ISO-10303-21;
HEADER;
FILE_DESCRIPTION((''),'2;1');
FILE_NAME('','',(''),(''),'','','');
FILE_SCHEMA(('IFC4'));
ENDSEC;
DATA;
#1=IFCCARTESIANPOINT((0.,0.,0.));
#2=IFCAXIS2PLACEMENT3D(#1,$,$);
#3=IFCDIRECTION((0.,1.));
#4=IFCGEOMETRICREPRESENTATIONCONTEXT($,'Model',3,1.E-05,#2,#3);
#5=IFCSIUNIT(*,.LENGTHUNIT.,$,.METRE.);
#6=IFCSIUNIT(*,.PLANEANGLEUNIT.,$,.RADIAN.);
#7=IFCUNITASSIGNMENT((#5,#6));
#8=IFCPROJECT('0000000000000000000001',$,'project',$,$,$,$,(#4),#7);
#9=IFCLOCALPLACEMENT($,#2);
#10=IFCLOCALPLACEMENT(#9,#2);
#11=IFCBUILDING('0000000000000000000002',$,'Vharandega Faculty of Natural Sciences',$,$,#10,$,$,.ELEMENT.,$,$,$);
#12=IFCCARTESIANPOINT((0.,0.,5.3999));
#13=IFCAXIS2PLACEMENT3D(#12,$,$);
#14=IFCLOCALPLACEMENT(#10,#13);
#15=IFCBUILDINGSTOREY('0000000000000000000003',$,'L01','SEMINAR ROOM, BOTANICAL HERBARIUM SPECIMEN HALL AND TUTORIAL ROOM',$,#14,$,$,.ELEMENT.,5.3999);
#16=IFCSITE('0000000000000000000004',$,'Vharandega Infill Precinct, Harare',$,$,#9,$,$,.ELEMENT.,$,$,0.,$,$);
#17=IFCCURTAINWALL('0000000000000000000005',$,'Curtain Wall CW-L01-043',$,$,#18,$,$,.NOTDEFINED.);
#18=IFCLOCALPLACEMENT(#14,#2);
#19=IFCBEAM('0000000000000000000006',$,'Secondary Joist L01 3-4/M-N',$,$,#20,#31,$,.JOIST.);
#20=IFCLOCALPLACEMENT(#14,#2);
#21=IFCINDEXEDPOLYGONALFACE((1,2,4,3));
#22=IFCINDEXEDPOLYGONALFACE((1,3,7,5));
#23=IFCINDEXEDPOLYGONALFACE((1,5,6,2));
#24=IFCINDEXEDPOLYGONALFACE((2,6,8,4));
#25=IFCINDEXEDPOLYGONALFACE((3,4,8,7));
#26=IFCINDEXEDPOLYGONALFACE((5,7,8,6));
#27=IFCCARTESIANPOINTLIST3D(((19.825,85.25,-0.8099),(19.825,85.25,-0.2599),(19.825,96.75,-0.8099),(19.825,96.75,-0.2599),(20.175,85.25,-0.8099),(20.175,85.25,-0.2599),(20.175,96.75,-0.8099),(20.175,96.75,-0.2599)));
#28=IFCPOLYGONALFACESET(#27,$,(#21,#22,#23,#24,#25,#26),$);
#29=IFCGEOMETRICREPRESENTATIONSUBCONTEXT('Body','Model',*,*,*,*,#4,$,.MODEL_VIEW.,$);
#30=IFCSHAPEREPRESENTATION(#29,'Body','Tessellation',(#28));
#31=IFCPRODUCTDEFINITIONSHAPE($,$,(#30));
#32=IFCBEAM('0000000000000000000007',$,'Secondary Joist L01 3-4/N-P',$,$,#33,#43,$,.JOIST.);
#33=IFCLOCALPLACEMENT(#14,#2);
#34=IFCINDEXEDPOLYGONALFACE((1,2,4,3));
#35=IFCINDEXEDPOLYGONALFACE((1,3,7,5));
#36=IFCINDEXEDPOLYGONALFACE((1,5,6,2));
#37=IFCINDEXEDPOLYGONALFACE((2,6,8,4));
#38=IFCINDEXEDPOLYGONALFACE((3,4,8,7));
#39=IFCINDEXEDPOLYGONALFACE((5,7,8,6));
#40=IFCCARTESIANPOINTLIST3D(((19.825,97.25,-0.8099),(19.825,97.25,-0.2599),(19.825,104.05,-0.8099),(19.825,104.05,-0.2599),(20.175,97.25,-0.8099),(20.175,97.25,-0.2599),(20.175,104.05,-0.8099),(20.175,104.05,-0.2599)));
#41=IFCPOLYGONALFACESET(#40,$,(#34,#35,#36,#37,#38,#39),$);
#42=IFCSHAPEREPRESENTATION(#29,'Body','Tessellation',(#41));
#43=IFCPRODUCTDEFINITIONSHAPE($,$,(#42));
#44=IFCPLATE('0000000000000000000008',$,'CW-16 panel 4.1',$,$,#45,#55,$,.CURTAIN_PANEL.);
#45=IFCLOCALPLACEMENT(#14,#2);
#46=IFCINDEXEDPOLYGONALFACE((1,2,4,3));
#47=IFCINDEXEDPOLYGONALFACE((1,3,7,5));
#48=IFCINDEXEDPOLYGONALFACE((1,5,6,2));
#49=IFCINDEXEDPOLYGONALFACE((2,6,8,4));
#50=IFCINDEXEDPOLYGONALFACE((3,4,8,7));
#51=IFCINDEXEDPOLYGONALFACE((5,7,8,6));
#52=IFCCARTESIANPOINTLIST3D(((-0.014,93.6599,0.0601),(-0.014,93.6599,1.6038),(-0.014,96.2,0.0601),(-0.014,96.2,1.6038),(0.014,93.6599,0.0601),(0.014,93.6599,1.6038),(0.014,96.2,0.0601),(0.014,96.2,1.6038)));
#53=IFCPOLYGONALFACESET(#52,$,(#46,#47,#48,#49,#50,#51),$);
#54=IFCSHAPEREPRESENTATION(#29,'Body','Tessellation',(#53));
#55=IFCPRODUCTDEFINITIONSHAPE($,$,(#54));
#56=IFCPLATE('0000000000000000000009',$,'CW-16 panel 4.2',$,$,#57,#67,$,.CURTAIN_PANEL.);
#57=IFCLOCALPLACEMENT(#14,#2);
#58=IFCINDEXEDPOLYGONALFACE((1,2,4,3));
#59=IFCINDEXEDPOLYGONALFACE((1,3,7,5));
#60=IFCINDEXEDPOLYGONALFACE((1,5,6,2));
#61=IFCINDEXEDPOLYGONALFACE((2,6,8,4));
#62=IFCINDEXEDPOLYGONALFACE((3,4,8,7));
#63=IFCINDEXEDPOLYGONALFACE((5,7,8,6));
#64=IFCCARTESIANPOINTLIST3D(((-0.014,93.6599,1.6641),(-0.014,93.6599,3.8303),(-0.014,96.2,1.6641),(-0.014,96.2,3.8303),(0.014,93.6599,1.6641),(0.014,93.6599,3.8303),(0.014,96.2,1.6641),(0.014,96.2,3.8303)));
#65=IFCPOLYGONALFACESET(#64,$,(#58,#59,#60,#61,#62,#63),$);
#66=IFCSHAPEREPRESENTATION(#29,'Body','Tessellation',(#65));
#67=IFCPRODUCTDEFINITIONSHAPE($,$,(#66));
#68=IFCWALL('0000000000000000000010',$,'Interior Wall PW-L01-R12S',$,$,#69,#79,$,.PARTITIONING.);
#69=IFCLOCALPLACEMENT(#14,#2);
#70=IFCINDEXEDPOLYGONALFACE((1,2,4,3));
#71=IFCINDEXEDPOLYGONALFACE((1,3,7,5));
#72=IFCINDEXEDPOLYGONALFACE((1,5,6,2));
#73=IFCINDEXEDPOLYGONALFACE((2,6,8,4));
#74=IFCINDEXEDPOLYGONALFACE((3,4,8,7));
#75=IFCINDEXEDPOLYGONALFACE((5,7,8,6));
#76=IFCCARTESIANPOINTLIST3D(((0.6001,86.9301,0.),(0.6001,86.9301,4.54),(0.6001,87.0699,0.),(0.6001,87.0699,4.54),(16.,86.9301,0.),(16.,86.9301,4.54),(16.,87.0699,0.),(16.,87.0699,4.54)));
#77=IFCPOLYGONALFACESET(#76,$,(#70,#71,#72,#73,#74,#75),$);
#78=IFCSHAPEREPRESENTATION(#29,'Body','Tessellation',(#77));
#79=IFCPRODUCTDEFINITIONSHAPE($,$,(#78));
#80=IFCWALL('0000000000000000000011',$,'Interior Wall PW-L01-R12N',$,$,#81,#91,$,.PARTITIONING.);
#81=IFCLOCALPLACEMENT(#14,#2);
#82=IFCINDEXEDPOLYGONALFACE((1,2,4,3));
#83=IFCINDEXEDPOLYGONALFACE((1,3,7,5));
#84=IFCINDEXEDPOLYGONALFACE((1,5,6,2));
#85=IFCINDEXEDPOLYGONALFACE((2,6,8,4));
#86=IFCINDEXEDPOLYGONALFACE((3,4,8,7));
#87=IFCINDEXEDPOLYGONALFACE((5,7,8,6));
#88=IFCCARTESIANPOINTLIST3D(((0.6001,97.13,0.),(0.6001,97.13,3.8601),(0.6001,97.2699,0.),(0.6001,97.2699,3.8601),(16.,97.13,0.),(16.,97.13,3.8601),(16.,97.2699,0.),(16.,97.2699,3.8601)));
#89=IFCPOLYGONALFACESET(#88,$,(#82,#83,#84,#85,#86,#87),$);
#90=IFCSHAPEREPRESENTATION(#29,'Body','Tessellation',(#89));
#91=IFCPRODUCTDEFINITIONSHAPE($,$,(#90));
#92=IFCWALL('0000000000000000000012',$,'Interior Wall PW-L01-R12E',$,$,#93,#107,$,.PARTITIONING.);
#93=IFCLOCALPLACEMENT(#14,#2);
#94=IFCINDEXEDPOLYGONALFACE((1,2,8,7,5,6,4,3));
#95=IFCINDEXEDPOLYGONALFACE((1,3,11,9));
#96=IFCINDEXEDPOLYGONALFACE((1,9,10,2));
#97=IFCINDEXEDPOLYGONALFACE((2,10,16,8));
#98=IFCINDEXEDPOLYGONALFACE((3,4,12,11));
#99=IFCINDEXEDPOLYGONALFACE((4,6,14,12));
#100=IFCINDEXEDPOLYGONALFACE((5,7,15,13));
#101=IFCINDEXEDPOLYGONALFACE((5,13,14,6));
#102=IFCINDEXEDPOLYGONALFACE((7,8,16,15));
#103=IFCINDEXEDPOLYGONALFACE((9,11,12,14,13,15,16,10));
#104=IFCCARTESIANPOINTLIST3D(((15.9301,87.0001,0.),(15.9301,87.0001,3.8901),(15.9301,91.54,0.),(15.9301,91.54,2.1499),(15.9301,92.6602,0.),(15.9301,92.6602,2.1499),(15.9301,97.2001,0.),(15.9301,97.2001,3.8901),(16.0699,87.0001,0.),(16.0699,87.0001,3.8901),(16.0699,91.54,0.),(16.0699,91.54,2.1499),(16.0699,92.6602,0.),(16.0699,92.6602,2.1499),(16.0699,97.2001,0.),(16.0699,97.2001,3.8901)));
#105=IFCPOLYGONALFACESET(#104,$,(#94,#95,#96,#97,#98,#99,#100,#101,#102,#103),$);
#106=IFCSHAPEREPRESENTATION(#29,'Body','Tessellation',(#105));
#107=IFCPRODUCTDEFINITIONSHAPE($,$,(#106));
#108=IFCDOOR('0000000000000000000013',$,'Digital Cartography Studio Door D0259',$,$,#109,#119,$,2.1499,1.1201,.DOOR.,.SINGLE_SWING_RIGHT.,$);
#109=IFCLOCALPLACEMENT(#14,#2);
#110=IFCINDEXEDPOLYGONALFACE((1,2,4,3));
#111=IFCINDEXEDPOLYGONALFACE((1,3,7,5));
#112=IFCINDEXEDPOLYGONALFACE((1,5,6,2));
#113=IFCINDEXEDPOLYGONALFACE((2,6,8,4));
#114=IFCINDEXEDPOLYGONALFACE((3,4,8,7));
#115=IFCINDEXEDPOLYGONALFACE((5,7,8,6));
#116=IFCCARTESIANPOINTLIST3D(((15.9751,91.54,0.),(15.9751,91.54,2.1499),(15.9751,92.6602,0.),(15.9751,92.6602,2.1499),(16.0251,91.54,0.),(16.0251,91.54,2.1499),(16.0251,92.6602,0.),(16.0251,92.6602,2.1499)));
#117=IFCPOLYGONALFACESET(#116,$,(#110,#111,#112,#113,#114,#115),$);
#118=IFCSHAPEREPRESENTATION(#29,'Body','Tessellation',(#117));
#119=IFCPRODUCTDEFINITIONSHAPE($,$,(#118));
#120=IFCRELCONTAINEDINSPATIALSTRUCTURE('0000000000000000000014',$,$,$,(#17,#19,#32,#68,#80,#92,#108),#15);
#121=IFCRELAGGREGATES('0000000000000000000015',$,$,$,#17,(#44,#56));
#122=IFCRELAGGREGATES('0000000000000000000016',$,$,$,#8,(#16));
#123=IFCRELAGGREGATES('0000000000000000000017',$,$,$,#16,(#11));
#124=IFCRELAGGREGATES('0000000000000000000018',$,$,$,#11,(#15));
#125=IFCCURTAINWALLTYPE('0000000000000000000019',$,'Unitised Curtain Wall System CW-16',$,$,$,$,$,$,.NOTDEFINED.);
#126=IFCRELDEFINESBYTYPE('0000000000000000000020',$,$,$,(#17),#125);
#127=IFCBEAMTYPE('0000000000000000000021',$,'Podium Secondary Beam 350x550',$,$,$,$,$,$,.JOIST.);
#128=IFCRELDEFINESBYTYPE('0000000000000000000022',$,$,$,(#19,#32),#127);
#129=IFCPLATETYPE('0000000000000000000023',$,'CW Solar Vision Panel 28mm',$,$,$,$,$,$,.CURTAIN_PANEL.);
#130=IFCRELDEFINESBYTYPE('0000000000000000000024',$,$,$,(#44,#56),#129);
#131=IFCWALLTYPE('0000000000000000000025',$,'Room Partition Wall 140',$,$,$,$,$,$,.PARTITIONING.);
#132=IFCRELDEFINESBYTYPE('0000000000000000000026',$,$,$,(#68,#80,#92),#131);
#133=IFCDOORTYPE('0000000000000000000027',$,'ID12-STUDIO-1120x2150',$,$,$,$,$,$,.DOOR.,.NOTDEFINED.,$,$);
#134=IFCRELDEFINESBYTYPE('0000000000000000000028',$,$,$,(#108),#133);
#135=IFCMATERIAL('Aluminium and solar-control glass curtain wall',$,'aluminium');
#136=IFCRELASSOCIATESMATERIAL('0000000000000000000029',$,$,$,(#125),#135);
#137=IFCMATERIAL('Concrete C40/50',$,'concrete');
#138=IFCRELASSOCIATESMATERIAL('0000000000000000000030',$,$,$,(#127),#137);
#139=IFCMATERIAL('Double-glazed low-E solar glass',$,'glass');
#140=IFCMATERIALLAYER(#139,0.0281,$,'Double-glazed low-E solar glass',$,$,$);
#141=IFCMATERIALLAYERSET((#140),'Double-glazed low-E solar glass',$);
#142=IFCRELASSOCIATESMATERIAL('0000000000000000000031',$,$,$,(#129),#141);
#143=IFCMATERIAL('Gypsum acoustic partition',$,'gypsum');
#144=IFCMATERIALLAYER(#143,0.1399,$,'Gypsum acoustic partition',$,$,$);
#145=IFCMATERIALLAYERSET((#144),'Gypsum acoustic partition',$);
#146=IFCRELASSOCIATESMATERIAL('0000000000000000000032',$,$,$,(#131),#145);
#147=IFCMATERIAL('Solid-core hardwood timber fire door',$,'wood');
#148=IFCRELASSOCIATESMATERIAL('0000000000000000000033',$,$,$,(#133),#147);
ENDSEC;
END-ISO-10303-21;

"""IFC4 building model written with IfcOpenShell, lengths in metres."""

from ifc_helpers import new_model, si_unit, direction, frame, frame_2d, origin, origin_2d, place, context, subcontext, project, spatial, rectangle, extrude, material, layer, layer_set, material_profile, profile_set, type_object, element, fill, aggregate, save


model = new_model("IFC4")

# Units and contexts
model_context = context("Model", 3, precision=1e-05, world=origin(), true_north=direction((0.0, 1.0)))
body_context = subcontext(model_context, "Body", "Model", "MODEL_VIEW")
ifc_project = project(units=[si_unit("LENGTHUNIT", "METRE"), si_unit("PLANEANGLEUNIT", "RADIAN")], contexts=[model_context])

# Site, building, storey
site_placement = place(None, origin())
site = spatial("IfcSite", under=ifc_project, at=site_placement, Name="Vharandega Infill Precinct, Harare", CompositionType="ELEMENT", RefElevation=0.0)
building_placement = place(site_placement, origin())
building = spatial("IfcBuilding", under=site, at=building_placement, Name="Vharandega Faculty of Natural Sciences", CompositionType="ELEMENT")
storey_placement = place(building_placement, frame((0.0, 0.0, 5.3999)))
storey = spatial("IfcBuildingStorey", under=building, at=storey_placement, Name="L01", Description="SEMINAR ROOM, BOTANICAL HERBARIUM SPECIMEN HALL AND TUTORIAL ROOM", CompositionType="ELEMENT", Elevation=5.3999)

# Curtain wall
ifc_material_1 = material(Name="Aluminium and solar-control glass curtain wall", Category="aluminium")
curtain_wall_type = type_object("IfcCurtainWallType", Name="Unitised Curtain Wall System CW-16", PredefinedType="NOTDEFINED", material=ifc_material_1)
curtain_wall_placement = place(storey_placement, origin())
curtain_wall = element("IfcCurtainWall", 1, at=curtain_wall_placement, inside=storey, type_object=curtain_wall_type, Name="Curtain Wall CW-L01-043", PredefinedType="NOTDEFINED")

# Beams
ifc_material_2 = material(Name="Concrete C40/50", Category="concrete")
ifc_material_profile_1 = material_profile(ifc_material_2, rectangle(XDim=0.3501, YDim=0.55, at=origin_2d()), Name="RC 350x550")
ifc_profile_set_1 = profile_set([ifc_material_profile_1], Name="Concrete C40/50")
beam_type_1 = type_object("IfcBeamType", Name="Podium Secondary Beam 350x550", PredefinedType="JOIST", material=ifc_profile_set_1)
beam_1_placement = place(storey_placement, frame((20.0, 85.25, -0.5349), z_axis=(0.0, 1.0, 0.0), x_axis=(-1.0, 0.0, 0.0)))
element("IfcBeam", 2, at=beam_1_placement, inside=storey, type_object=beam_type_1, Name="Secondary Joist L01 3-4/M-N", PredefinedType="JOIST", context=body_context, shape_type="SweptSolid", body=[
    extrude(rectangle(XDim=0.3501, YDim=0.55, at=origin_2d()), origin(), (0.0, 0.0, 1.0), 11.5),
])
beam_2_placement = place(storey_placement, frame((20.0, 97.25, -0.5349), z_axis=(0.0, 1.0, 0.0), x_axis=(-1.0, 0.0, 0.0)))
element("IfcBeam", 3, at=beam_2_placement, inside=storey, type_object=beam_type_1, Name="Secondary Joist L01 3-4/N-P", PredefinedType="JOIST", context=body_context, shape_type="SweptSolid", body=[
    extrude(rectangle(XDim=0.3501, YDim=0.55, at=origin_2d()), origin(), (0.0, 0.0, 1.0), 6.8),
])

# Plates
ifc_material_3 = material(Name="Double-glazed low-E solar glass", Category="glass")
ifc_layer_1 = layer(ifc_material_3, 0.0281, Name="Double-glazed low-E solar glass")
ifc_layer_set_1 = layer_set([ifc_layer_1], Name="Double-glazed low-E solar glass")
plate_type = type_object("IfcPlateType", Name="CW Solar Vision Panel 28mm", PredefinedType="CURTAIN_PANEL", material=ifc_layer_set_1)
plate_1_placement = place(storey_placement, frame((0.0, 94.9299, 0.0601), z_axis=(0.0, 0.0, 1.0), x_axis=(0.0, 1.0, 0.0)))
plate_1 = element("IfcPlate", 4, at=plate_1_placement, type_object=plate_type, Name="CW-16 panel 4.1", PredefinedType="CURTAIN_PANEL", context=body_context, shape_type="SweptSolid", body=[
    extrude(rectangle(XDim=2.54, YDim=0.0281, at=origin_2d()), origin(), (0.0, 0.0, 1.0), 1.5437),
])
plate_2_placement = place(storey_placement, frame((0.0, 94.9299, 1.6641), z_axis=(0.0, 0.0, 1.0), x_axis=(0.0, 1.0, 0.0)))
plate_2 = element("IfcPlate", 5, at=plate_2_placement, type_object=plate_type, Name="CW-16 panel 4.2", PredefinedType="CURTAIN_PANEL", context=body_context, shape_type="SweptSolid", body=[
    extrude(rectangle(XDim=2.54, YDim=0.0281, at=origin_2d()), origin(), (0.0, 0.0, 1.0), 2.1663),
])
aggregate(curtain_wall, [plate_1, plate_2])

# Walls
ifc_material_4 = material(Name="Gypsum acoustic partition", Category="gypsum")
ifc_layer_2 = layer(ifc_material_4, 0.1399, Name="Gypsum acoustic partition")
ifc_layer_set_2 = layer_set([ifc_layer_2], Name="Gypsum acoustic partition")
wall_type = type_object("IfcWallType", Name="Room Partition Wall 140", PredefinedType="PARTITIONING", material=ifc_layer_set_2)
wall_1_placement = place(storey_placement, frame((0.6001, 87.0, 0.0), z_axis=(0.0, 0.0, 1.0), x_axis=(1.0, 0.0, 0.0)))
element("IfcWall", 6, at=wall_1_placement, inside=storey, type_object=wall_type, Name="Interior Wall PW-L01-R12S", PredefinedType="PARTITIONING", context=body_context, shape_type="SweptSolid", body=[
    extrude(rectangle(XDim=15.3999, YDim=0.1399, at=frame_2d((7.7, 0.0))), origin(), (0.0, 0.0, 1.0), 4.54),
])
wall_2_placement = place(storey_placement, frame((0.6001, 97.2, 0.0), z_axis=(0.0, 0.0, 1.0), x_axis=(1.0, 0.0, 0.0)))
element("IfcWall", 7, at=wall_2_placement, inside=storey, type_object=wall_type, Name="Interior Wall PW-L01-R12N", PredefinedType="PARTITIONING", context=body_context, shape_type="SweptSolid", body=[
    extrude(rectangle(XDim=15.3999, YDim=0.1399, at=frame_2d((7.7, 0.0))), origin(), (0.0, 0.0, 1.0), 3.8601),
])

# Wall, opening, door
wall_3_placement = place(storey_placement, frame((16.0, 87.0, 0.0), z_axis=(0.0, 0.0, 1.0), x_axis=(0.0, 1.0, 0.0)))
wall_3 = element("IfcWall", 8, at=wall_3_placement, inside=storey, type_object=wall_type, Name="Interior Wall PW-L01-R12E", PredefinedType="PARTITIONING", context=body_context, shape_type="SweptSolid", body=[
    extrude(rectangle(XDim=10.2, YDim=0.1399, at=frame_2d((5.1001, 0.0))), origin(), (0.0, 0.0, 1.0), 3.8901),
])
opening_placement = place(wall_3_placement, frame((4.54, 0.0, 0.0)))
opening = element("IfcOpeningElement", 9, at=opening_placement, cuts=wall_3, PredefinedType="OPENING", context=body_context, shape_type="SweptSolid", body=[
    extrude(rectangle(XDim=1.1201, YDim=2.1499, at=frame_2d((0.5601, 1.075))), frame((0.0, 0.0801, 0.0), z_axis=(0.0, -1.0, 0.0), x_axis=(1.0, 0.0, 0.0)), (0.0, 0.0, 1.0), 0.1599),
])
ifc_material_5 = material(Name="Solid-core hardwood timber fire door", Category="wood")
door_type = type_object("IfcDoorType", Name="ID12-STUDIO-1120x2150", OperationType="NOTDEFINED", PredefinedType="DOOR", material=ifc_material_5)
door_placement = place(opening_placement, origin())
door = element("IfcDoor", 10, at=door_placement, inside=storey, type_object=door_type, Name="Digital Cartography Studio Door D0259", OperationType="SINGLE_SWING_RIGHT", OverallHeight=2.1499, OverallWidth=1.1201, PredefinedType="DOOR", context=body_context, shape_type="SweptSolid", body=[
    extrude(rectangle(XDim=1.1201, YDim=2.1499, at=frame_2d((0.5601, 1.075))), frame((0.0, 0.0249, 0.0), z_axis=(0.0, -1.0, 0.0), x_axis=(1.0, 0.0, 0.0)), (0.0, 0.0, 1.0), 0.05),
])
fill(opening, door)

save(model, "model.ifc")
